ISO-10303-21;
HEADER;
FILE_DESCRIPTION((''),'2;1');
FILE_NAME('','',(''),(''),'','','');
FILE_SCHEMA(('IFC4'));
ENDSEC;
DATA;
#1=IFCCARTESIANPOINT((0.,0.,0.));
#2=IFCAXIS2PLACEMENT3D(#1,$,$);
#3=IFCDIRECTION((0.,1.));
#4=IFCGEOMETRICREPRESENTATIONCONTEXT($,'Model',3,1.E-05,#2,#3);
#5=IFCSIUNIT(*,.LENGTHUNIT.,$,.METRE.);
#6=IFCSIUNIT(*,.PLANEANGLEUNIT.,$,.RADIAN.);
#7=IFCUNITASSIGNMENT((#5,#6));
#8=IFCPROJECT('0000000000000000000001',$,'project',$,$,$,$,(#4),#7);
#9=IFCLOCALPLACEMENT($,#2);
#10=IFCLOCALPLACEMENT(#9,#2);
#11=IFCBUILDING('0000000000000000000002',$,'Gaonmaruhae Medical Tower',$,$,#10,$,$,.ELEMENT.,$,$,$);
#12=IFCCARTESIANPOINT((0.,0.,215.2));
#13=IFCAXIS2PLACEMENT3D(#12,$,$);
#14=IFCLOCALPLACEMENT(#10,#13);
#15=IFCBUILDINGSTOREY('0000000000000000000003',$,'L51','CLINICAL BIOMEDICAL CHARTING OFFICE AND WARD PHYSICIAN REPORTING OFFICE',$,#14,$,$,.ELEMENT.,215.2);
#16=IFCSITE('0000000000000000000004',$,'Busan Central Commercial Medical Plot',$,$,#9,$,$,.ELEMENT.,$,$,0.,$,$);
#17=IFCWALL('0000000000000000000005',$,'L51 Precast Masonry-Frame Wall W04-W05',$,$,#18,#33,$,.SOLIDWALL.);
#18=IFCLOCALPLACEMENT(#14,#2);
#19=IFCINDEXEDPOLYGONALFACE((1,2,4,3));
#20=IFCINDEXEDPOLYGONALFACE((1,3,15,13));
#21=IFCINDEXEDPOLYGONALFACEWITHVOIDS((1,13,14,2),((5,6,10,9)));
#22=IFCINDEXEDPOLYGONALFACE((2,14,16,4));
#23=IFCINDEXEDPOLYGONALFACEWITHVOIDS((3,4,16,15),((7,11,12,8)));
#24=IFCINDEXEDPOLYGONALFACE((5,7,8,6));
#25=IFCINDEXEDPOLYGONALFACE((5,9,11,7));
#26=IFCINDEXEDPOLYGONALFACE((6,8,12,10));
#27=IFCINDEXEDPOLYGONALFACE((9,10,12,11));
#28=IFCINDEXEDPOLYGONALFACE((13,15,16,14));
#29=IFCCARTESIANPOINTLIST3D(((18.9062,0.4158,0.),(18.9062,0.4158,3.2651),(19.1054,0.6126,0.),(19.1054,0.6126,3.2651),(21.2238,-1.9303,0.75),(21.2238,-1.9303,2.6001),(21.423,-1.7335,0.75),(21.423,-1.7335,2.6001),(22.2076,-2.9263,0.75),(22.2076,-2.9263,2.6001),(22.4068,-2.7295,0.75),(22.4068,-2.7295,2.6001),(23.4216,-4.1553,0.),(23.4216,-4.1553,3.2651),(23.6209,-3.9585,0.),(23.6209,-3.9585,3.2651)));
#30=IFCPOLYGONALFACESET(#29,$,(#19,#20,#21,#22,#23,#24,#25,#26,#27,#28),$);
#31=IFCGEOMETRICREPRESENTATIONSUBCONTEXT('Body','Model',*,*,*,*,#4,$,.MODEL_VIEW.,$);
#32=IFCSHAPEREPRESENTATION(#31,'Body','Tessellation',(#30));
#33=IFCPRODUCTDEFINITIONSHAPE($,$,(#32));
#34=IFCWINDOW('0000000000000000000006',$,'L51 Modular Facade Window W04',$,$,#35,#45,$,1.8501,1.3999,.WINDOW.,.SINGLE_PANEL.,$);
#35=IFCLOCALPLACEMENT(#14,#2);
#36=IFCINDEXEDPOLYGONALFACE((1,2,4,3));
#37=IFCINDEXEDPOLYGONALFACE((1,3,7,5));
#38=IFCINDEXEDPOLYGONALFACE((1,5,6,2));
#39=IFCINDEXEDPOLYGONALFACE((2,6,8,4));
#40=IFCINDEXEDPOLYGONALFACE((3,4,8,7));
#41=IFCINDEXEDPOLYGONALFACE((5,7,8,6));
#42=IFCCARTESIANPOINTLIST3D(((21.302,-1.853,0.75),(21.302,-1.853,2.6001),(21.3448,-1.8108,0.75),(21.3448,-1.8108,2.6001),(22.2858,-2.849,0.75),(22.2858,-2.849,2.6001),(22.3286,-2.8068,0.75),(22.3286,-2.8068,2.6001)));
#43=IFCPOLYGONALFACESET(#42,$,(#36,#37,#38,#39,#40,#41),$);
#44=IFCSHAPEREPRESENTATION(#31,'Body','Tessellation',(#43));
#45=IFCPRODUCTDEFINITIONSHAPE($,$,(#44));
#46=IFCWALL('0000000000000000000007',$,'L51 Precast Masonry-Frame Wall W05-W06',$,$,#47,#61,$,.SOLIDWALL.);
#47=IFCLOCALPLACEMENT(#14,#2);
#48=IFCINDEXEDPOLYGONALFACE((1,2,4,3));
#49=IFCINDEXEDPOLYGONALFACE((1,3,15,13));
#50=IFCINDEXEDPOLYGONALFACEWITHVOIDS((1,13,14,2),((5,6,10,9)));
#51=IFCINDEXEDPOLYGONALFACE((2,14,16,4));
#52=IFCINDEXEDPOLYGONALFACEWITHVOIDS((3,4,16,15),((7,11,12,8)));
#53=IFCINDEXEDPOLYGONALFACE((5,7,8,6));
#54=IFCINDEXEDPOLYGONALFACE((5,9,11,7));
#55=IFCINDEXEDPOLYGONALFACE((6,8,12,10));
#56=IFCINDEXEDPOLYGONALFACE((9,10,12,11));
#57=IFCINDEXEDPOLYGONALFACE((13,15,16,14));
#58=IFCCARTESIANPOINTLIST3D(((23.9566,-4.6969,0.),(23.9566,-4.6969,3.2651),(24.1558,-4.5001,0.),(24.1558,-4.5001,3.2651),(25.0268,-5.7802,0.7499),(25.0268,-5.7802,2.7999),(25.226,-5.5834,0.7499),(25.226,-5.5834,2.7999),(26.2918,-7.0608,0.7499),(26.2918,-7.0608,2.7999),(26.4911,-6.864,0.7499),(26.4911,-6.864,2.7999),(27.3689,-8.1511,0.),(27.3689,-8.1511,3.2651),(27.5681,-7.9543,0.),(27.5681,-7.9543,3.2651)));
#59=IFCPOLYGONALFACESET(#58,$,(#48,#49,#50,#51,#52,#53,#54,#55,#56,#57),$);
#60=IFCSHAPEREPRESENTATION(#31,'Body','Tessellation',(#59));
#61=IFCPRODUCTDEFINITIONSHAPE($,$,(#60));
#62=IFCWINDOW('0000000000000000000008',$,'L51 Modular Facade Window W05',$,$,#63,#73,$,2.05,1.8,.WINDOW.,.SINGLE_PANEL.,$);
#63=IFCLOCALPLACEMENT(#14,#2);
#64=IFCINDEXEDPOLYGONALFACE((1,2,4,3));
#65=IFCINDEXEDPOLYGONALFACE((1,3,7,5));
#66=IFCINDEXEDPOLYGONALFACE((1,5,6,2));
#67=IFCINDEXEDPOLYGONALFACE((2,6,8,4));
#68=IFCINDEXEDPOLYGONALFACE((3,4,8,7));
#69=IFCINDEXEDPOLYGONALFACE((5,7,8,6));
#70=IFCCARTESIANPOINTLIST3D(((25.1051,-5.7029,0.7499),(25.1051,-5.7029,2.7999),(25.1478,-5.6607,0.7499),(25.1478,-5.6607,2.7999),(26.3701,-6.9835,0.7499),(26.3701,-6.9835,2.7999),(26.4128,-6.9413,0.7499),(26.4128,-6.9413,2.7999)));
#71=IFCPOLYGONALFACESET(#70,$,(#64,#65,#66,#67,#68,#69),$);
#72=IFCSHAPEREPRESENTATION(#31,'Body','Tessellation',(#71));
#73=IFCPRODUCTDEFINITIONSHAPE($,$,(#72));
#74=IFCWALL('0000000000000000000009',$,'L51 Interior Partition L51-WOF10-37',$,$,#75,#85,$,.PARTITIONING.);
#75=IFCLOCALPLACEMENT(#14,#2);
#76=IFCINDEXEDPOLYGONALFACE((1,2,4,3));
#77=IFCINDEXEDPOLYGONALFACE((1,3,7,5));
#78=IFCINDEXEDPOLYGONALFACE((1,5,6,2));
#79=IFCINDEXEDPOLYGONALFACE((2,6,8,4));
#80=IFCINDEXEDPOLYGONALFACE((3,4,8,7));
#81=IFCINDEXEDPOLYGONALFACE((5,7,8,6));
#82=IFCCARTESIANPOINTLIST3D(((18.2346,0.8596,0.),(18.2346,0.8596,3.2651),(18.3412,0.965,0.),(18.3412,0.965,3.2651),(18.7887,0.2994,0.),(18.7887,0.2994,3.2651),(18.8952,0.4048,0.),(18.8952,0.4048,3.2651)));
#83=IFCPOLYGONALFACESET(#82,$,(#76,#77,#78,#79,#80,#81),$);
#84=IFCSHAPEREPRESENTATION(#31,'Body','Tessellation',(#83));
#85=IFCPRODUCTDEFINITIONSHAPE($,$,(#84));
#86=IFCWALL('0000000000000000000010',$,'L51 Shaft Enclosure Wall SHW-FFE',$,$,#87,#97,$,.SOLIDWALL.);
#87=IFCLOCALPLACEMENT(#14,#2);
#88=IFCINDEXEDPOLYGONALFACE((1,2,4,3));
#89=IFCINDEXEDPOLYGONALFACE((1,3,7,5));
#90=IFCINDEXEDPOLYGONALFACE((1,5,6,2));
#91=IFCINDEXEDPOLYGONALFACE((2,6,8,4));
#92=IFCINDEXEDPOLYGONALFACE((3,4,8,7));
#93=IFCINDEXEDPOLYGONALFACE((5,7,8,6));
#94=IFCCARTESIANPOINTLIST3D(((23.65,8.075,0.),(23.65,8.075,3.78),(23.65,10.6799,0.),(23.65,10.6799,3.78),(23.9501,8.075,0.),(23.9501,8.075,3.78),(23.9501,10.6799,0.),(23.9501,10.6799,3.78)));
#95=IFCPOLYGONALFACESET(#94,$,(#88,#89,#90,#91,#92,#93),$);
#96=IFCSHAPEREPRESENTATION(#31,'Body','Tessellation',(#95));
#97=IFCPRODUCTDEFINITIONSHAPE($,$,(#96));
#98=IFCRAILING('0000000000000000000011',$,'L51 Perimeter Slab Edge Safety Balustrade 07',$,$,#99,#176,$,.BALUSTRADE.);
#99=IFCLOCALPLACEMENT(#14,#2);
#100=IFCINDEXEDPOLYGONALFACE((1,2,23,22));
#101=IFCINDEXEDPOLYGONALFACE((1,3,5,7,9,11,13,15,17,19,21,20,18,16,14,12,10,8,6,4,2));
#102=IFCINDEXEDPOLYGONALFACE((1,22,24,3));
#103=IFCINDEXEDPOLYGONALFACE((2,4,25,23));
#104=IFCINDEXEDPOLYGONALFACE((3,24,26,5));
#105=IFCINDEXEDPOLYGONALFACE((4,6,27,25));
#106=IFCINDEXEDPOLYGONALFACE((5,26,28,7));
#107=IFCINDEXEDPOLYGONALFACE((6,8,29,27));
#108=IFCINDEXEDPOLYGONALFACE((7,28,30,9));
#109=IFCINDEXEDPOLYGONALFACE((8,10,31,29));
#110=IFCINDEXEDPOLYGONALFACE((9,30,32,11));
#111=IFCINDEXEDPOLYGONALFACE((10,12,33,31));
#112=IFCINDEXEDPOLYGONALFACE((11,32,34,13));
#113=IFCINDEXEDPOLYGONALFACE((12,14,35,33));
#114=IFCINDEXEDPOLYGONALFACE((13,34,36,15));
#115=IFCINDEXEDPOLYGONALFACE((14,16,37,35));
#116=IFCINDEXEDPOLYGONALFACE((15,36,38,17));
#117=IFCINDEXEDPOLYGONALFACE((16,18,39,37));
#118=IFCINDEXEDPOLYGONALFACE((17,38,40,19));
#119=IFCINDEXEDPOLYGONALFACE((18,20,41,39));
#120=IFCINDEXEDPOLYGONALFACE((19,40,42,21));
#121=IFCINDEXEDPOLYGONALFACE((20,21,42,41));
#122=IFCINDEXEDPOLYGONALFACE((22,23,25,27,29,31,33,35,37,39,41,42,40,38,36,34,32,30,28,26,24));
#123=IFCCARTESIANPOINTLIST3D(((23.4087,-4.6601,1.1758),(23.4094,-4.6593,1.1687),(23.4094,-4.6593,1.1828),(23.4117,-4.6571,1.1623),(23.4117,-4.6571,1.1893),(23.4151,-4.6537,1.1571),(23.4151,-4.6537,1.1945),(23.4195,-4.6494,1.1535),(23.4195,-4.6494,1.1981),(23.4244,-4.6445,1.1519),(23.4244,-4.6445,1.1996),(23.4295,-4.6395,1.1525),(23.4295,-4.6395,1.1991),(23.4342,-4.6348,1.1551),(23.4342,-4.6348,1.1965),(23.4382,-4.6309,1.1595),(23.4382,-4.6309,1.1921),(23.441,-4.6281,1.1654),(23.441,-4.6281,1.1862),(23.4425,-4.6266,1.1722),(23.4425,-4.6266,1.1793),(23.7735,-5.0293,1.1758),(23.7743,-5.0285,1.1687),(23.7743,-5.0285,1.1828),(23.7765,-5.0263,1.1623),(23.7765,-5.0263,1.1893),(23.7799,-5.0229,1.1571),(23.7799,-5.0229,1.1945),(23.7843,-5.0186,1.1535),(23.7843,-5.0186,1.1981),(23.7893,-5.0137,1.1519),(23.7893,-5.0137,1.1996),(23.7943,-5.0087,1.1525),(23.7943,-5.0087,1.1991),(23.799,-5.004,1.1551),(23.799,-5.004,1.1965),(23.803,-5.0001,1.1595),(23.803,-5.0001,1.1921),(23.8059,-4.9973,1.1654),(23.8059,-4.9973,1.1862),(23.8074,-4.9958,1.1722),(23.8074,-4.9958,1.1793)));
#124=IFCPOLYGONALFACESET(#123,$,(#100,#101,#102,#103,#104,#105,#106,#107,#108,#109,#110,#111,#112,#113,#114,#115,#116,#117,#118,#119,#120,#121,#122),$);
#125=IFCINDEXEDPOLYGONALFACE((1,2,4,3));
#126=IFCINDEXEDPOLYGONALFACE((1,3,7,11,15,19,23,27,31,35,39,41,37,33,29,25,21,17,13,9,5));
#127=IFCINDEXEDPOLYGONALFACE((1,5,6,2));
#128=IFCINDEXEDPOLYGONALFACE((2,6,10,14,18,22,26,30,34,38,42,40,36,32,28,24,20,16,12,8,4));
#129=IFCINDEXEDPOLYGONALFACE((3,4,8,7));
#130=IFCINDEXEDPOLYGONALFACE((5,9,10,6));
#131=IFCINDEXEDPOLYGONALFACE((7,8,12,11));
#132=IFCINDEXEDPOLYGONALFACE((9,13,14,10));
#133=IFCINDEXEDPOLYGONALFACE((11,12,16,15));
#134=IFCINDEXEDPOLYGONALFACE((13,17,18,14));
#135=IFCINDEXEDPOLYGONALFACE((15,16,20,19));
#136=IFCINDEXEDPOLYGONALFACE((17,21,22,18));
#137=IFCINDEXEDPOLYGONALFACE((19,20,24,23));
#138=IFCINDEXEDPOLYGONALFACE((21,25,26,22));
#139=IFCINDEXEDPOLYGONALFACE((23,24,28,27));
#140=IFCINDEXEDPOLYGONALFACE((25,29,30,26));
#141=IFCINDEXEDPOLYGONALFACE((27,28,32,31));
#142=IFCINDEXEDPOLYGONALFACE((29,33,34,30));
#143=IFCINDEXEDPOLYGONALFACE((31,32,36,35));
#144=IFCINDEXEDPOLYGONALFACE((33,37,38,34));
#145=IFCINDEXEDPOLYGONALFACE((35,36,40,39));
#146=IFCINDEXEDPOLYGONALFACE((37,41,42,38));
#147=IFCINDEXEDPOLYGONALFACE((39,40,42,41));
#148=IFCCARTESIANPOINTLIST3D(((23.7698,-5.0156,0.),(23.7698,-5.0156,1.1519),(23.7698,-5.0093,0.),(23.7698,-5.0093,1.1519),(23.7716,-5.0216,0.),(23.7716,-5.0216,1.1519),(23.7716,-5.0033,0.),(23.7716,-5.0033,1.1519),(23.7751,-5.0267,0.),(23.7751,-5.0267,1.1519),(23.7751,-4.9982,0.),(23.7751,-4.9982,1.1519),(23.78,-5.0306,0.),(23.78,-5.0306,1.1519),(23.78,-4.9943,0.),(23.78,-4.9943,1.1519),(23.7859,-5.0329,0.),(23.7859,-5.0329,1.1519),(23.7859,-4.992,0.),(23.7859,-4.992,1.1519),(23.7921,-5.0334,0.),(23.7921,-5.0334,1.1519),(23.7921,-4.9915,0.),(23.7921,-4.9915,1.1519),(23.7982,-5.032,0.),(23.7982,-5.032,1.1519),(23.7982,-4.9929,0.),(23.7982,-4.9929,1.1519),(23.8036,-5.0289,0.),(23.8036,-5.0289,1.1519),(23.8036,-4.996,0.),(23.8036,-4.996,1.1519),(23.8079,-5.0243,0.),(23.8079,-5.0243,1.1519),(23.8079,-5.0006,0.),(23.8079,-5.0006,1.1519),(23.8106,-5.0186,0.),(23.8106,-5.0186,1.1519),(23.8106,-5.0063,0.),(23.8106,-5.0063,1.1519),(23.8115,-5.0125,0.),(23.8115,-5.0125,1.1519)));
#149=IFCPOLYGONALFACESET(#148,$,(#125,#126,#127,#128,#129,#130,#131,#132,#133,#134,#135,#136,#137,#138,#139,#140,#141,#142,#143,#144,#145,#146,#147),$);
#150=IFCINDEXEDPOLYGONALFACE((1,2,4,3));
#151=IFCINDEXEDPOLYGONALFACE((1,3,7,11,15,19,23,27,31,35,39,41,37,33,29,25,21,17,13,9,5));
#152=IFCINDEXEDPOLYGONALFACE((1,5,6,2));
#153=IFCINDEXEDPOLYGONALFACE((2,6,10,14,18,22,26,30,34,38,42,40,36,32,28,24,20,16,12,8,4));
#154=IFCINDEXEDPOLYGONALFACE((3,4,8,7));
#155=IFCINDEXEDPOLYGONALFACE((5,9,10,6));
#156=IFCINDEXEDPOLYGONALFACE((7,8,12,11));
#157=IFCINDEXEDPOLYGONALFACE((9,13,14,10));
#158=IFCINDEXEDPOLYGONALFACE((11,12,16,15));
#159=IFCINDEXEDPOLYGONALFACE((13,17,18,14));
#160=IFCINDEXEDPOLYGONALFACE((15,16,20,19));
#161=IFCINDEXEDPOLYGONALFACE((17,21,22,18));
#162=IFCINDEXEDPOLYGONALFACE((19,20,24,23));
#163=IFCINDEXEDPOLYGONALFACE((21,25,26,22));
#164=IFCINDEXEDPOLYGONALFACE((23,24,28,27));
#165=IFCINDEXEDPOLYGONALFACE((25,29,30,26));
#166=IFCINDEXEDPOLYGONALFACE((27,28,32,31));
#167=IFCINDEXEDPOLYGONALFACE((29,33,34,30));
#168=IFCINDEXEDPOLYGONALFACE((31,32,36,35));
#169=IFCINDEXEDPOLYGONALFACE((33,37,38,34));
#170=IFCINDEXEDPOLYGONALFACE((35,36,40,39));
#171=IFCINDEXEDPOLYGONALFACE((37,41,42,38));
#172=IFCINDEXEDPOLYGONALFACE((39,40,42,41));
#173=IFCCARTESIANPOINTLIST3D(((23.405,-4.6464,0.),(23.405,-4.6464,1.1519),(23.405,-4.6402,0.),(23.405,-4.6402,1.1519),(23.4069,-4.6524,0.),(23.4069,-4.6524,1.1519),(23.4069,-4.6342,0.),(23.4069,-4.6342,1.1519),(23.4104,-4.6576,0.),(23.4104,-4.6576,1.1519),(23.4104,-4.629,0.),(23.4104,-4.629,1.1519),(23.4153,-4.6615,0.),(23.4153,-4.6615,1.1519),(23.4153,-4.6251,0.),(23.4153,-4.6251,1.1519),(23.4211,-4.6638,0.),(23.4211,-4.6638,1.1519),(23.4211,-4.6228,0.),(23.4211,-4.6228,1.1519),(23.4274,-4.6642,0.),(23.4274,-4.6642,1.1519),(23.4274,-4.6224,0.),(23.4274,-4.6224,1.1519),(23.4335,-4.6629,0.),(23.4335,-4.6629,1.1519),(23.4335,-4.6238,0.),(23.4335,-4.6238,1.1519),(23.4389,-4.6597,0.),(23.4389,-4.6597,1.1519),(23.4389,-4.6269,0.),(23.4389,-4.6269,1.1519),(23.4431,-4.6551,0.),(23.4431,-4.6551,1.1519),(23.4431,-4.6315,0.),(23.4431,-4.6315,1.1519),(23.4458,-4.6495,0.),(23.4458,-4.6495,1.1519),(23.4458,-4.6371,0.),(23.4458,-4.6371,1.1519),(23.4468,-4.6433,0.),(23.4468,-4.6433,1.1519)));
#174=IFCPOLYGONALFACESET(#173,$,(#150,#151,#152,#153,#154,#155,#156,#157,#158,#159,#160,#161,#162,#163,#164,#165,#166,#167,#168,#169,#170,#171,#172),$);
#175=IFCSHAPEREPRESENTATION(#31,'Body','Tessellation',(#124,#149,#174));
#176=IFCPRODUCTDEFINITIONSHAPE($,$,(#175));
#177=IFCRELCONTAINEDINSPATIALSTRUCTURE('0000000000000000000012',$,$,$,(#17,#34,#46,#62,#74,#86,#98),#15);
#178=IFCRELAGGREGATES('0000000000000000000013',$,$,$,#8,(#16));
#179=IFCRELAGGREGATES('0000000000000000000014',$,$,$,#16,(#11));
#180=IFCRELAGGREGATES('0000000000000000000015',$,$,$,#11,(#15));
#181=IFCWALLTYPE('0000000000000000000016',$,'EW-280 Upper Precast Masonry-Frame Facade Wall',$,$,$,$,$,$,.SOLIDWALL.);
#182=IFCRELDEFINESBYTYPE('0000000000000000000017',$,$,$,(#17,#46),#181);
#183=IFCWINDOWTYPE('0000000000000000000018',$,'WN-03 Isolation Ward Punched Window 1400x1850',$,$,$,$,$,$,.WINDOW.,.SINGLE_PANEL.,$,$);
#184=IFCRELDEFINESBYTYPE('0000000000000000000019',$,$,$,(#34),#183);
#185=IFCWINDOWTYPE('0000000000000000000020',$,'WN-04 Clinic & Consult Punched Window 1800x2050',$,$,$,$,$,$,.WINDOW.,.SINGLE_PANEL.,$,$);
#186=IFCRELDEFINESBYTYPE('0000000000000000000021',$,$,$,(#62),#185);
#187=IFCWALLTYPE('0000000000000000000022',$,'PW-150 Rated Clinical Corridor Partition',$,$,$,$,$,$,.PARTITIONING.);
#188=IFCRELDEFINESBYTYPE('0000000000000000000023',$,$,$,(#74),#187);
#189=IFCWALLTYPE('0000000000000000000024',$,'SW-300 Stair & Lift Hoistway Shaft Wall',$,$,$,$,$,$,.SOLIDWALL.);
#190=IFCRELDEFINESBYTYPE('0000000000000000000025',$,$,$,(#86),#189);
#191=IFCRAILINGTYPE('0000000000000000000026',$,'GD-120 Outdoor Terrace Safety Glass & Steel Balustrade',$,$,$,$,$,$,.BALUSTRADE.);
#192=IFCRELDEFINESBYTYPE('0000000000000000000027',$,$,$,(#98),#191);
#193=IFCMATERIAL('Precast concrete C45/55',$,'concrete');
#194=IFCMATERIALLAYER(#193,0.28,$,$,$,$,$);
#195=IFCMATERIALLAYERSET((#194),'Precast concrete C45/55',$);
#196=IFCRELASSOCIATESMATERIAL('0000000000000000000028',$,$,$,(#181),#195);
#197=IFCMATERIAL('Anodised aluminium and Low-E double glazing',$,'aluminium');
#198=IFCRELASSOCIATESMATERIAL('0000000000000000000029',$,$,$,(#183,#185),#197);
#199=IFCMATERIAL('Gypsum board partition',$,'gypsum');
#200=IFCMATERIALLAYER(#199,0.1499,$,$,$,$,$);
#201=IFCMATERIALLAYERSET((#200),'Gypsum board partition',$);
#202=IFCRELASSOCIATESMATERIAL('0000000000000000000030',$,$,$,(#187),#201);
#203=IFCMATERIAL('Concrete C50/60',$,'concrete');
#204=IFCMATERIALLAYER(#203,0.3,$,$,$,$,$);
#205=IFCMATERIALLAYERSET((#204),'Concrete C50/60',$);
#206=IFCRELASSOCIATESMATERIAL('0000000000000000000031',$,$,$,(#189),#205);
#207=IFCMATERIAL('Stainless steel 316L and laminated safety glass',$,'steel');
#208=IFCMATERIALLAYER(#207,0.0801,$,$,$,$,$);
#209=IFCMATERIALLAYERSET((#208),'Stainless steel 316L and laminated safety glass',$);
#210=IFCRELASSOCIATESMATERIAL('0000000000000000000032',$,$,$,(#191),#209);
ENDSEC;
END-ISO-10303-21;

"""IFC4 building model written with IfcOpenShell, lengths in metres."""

from ifc_helpers import new_model, si_unit, direction, frame, frame_2d, origin, origin_2d, place, context, subcontext, project, spatial, rectangle, circle, extrude, material, layer, layer_set, type_object, element, fill, save


model = new_model("IFC4")

# Units and contexts
model_context = context("Model", 3, precision=1e-05, world=origin(), true_north=direction((0.0, 1.0)))
body_context = subcontext(model_context, "Body", "Model", "MODEL_VIEW")
ifc_project = project(units=[si_unit("LENGTHUNIT", "METRE"), si_unit("PLANEANGLEUNIT", "RADIAN")], contexts=[model_context])

# Site, building, storey
site_placement = place(None, origin())
site = spatial("IfcSite", under=ifc_project, at=site_placement, Name="Busan Central Commercial Medical Plot", CompositionType="ELEMENT", RefElevation=0.0)
building_placement = place(site_placement, origin())
building = spatial("IfcBuilding", under=site, at=building_placement, Name="Gaonmaruhae Medical Tower", CompositionType="ELEMENT")
storey_placement = place(building_placement, frame((0.0, 0.0, 215.2)))
storey = spatial("IfcBuildingStorey", under=building, at=storey_placement, Name="L51", Description="CLINICAL BIOMEDICAL CHARTING OFFICE AND WARD PHYSICIAN REPORTING OFFICE", CompositionType="ELEMENT", Elevation=215.2)

# Shared definitions
ifc_material_1 = material(Name="Concrete C50/60", Category="concrete")

# Walls, openings, windows
ifc_material_2 = material(Name="Precast concrete C45/55", Category="concrete")
ifc_layer_1 = layer(ifc_material_2, 0.28)
ifc_layer_set_1 = layer_set([ifc_layer_1], Name="Precast concrete C45/55")
wall_type_1 = type_object("IfcWallType", Name="EW-280 Upper Precast Masonry-Frame Facade Wall", PredefinedType="SOLIDWALL", material=ifc_layer_set_1)
ifc_material_3 = material(Name="Anodised aluminium and Low-E double glazing", Category="aluminium")
wall_1_placement = place(storey_placement, frame((23.5212, -4.0569, 0.0), z_axis=(0.0, 0.0, 1.0), x_axis=(-0.702762, 0.711425, 0.0)))
wall_1 = element("IfcWall", 1, at=wall_1_placement, inside=storey, type_object=wall_type_1, Name="L51 Precast Masonry-Frame Wall W04-W05", PredefinedType="SOLIDWALL", context=body_context, shape_type="SweptSolid", body=[
    extrude(rectangle(XDim=6.4253, YDim=0.28, at=frame_2d((3.2126, 0.0))), origin(), (0.0, 0.0, 1.0), 3.2651),
])
opening_1_placement = place(wall_1_placement, frame((1.7275, 0.0, 0.75)))
opening_1 = element("IfcOpeningElement", 2, at=opening_1_placement, cuts=wall_1, PredefinedType="OPENING", context=body_context, shape_type="SweptSolid", body=[
    extrude(rectangle(XDim=1.3999, YDim=1.8501, at=frame_2d((0.7, 0.925))), frame((0.0, 0.1499, 0.0), z_axis=(0.0, -1.0, 0.0), x_axis=(1.0, 0.0, 0.0)), (0.0, 0.0, 1.0), 0.3),
])
window_type_1 = type_object("IfcWindowType", Name="WN-03 Isolation Ward Punched Window 1400x1850", PartitioningType="SINGLE_PANEL", PredefinedType="WINDOW", material=ifc_material_3)
window_1_placement = place(opening_1_placement, origin())
window_1 = element("IfcWindow", 3, at=window_1_placement, inside=storey, type_object=window_type_1, Name="L51 Modular Facade Window W04", OverallHeight=1.8501, OverallWidth=1.3999, PartitioningType="SINGLE_PANEL", PredefinedType="WINDOW", context=body_context, shape_type="SweptSolid", body=[
    extrude(rectangle(XDim=1.3999, YDim=1.8501, at=frame_2d((0.7, 0.925))), frame((0.0, 0.03, 0.0), z_axis=(0.0, -1.0, 0.0), x_axis=(1.0, 0.0, 0.0)), (0.0, 0.0, 1.0), 0.0601),
])
fill(opening_1, window_1)
wall_2_placement = place(storey_placement, frame((27.4685, -8.0527, 0.0), z_axis=(0.0, 0.0, 1.0), x_axis=(-0.702769, 0.711418, 0.0)))
wall_2 = element("IfcWall", 4, at=wall_2_placement, inside=storey, type_object=wall_type_1, Name="L51 Precast Masonry-Frame Wall W05-W06", PredefinedType="SOLIDWALL", context=body_context, shape_type="SweptSolid", body=[
    extrude(rectangle(XDim=4.8555, YDim=0.28, at=frame_2d((2.4277, 0.0))), origin(), (0.0, 0.0, 1.0), 3.2651),
])
opening_2_placement = place(wall_2_placement, frame((1.5327, 0.0, 0.75)))
opening_2 = element("IfcOpeningElement", 5, at=opening_2_placement, cuts=wall_2, PredefinedType="OPENING", context=body_context, shape_type="SweptSolid", body=[
    extrude(rectangle(XDim=1.8, YDim=2.05, at=frame_2d((0.8999, 1.0249))), frame((0.0, 0.1499, 0.0), z_axis=(0.0, -1.0, 0.0), x_axis=(1.0, 0.0, 0.0)), (0.0, 0.0, 1.0), 0.3),
])
window_type_2 = type_object("IfcWindowType", Name="WN-04 Clinic & Consult Punched Window 1800x2050", PartitioningType="SINGLE_PANEL", PredefinedType="WINDOW", material=ifc_material_3)
window_2_placement = place(opening_2_placement, origin())
window_2 = element("IfcWindow", 6, at=window_2_placement, inside=storey, type_object=window_type_2, Name="L51 Modular Facade Window W05", OverallHeight=2.05, OverallWidth=1.8, PartitioningType="SINGLE_PANEL", PredefinedType="WINDOW", context=body_context, shape_type="SweptSolid", body=[
    extrude(rectangle(XDim=1.8, YDim=2.05, at=frame_2d((0.8999, 1.0249))), frame((0.0, 0.03, 0.0), z_axis=(0.0, -1.0, 0.0), x_axis=(1.0, 0.0, 0.0)), (0.0, 0.0, 1.0), 0.0601),
])
fill(opening_2, window_2)

# Shared definitions
ifc_material_4 = material(Name="Gypsum board partition", Category="gypsum")
ifc_layer_2 = layer(ifc_material_4, 0.1499)
ifc_layer_set_2 = layer_set([ifc_layer_2], Name="Gypsum board partition")
wall_type_2 = type_object("IfcWallType", Name="PW-150 Rated Clinical Corridor Partition", PredefinedType="PARTITIONING", material=ifc_layer_set_2)

# Walls
wall_3_placement = place(storey_placement, frame((18.842, 0.3521, 0.0), z_axis=(0.0, 0.0, 1.0), x_axis=(-0.703222, 0.71097, 0.0)))
element("IfcWall", 7, at=wall_3_placement, inside=storey, type_object=wall_type_2, Name="L51 Interior Partition L51-WOF10-37", PredefinedType="PARTITIONING", context=body_context, shape_type="SweptSolid", body=[
    extrude(rectangle(XDim=0.7878, YDim=0.1499, at=frame_2d((0.394, 0.0))), origin(), (0.0, 0.0, 1.0), 3.2651),
])
ifc_layer_3 = layer(ifc_material_1, 0.3)
ifc_layer_set_3 = layer_set([ifc_layer_3], Name="Concrete C50/60")
wall_type_3 = type_object("IfcWallType", Name="SW-300 Stair & Lift Hoistway Shaft Wall", PredefinedType="SOLIDWALL", material=ifc_layer_set_3)
wall_4_placement = place(storey_placement, frame((23.8, 8.075, 0.0), z_axis=(0.0, 0.0, 1.0), x_axis=(0.0, 1.0, 0.0)))
element("IfcWall", 8, at=wall_4_placement, inside=storey, type_object=wall_type_3, Name="L51 Shaft Enclosure Wall SHW-FFE", PredefinedType="SOLIDWALL", context=body_context, shape_type="SweptSolid", body=[
    extrude(rectangle(XDim=2.605, YDim=0.3, at=frame_2d((1.3025, 0.0))), origin(), (0.0, 0.0, 1.0), 3.78),
])

# Railing
ifc_material_5 = material(Name="Stainless steel 316L and laminated safety glass", Category="steel")
ifc_layer_4 = layer(ifc_material_5, 0.0801)
ifc_layer_set_4 = layer_set([ifc_layer_4], Name="Stainless steel 316L and laminated safety glass")
railing_type = type_object("IfcRailingType", Name="GD-120 Outdoor Terrace Safety Glass & Steel Balustrade", PredefinedType="BALUSTRADE", material=ifc_layer_set_4)
railing_1_placement = place(storey_placement, frame((23.7905, -5.0125, 0.0)))
element("IfcRailing", 9, at=railing_1_placement, inside=storey, type_object=railing_type, Name="L51 Perimeter Slab Edge Safety Balustrade 07", PredefinedType="BALUSTRADE", context=body_context, shape_type="SweptSolid", body=[
    extrude(circle(Radius=0.0239, at=origin_2d()), frame((0.0, 0.0, 1.1758), z_axis=(-0.70286, 0.711328, 0.0), x_axis=(-0.711328, -0.70286, 0.0)), (0.0, 0.0, 1.0), 0.519),
    extrude(circle(Radius=0.021, at=origin_2d()), origin(), (0.0, 0.0, 1.0), 1.1519),
    extrude(circle(Radius=0.021, at=origin_2d()), frame((-0.3647, 0.3691, 0.0)), (0.0, 0.0, 1.0), 1.1519),
])

save(model, "model.ifc")
